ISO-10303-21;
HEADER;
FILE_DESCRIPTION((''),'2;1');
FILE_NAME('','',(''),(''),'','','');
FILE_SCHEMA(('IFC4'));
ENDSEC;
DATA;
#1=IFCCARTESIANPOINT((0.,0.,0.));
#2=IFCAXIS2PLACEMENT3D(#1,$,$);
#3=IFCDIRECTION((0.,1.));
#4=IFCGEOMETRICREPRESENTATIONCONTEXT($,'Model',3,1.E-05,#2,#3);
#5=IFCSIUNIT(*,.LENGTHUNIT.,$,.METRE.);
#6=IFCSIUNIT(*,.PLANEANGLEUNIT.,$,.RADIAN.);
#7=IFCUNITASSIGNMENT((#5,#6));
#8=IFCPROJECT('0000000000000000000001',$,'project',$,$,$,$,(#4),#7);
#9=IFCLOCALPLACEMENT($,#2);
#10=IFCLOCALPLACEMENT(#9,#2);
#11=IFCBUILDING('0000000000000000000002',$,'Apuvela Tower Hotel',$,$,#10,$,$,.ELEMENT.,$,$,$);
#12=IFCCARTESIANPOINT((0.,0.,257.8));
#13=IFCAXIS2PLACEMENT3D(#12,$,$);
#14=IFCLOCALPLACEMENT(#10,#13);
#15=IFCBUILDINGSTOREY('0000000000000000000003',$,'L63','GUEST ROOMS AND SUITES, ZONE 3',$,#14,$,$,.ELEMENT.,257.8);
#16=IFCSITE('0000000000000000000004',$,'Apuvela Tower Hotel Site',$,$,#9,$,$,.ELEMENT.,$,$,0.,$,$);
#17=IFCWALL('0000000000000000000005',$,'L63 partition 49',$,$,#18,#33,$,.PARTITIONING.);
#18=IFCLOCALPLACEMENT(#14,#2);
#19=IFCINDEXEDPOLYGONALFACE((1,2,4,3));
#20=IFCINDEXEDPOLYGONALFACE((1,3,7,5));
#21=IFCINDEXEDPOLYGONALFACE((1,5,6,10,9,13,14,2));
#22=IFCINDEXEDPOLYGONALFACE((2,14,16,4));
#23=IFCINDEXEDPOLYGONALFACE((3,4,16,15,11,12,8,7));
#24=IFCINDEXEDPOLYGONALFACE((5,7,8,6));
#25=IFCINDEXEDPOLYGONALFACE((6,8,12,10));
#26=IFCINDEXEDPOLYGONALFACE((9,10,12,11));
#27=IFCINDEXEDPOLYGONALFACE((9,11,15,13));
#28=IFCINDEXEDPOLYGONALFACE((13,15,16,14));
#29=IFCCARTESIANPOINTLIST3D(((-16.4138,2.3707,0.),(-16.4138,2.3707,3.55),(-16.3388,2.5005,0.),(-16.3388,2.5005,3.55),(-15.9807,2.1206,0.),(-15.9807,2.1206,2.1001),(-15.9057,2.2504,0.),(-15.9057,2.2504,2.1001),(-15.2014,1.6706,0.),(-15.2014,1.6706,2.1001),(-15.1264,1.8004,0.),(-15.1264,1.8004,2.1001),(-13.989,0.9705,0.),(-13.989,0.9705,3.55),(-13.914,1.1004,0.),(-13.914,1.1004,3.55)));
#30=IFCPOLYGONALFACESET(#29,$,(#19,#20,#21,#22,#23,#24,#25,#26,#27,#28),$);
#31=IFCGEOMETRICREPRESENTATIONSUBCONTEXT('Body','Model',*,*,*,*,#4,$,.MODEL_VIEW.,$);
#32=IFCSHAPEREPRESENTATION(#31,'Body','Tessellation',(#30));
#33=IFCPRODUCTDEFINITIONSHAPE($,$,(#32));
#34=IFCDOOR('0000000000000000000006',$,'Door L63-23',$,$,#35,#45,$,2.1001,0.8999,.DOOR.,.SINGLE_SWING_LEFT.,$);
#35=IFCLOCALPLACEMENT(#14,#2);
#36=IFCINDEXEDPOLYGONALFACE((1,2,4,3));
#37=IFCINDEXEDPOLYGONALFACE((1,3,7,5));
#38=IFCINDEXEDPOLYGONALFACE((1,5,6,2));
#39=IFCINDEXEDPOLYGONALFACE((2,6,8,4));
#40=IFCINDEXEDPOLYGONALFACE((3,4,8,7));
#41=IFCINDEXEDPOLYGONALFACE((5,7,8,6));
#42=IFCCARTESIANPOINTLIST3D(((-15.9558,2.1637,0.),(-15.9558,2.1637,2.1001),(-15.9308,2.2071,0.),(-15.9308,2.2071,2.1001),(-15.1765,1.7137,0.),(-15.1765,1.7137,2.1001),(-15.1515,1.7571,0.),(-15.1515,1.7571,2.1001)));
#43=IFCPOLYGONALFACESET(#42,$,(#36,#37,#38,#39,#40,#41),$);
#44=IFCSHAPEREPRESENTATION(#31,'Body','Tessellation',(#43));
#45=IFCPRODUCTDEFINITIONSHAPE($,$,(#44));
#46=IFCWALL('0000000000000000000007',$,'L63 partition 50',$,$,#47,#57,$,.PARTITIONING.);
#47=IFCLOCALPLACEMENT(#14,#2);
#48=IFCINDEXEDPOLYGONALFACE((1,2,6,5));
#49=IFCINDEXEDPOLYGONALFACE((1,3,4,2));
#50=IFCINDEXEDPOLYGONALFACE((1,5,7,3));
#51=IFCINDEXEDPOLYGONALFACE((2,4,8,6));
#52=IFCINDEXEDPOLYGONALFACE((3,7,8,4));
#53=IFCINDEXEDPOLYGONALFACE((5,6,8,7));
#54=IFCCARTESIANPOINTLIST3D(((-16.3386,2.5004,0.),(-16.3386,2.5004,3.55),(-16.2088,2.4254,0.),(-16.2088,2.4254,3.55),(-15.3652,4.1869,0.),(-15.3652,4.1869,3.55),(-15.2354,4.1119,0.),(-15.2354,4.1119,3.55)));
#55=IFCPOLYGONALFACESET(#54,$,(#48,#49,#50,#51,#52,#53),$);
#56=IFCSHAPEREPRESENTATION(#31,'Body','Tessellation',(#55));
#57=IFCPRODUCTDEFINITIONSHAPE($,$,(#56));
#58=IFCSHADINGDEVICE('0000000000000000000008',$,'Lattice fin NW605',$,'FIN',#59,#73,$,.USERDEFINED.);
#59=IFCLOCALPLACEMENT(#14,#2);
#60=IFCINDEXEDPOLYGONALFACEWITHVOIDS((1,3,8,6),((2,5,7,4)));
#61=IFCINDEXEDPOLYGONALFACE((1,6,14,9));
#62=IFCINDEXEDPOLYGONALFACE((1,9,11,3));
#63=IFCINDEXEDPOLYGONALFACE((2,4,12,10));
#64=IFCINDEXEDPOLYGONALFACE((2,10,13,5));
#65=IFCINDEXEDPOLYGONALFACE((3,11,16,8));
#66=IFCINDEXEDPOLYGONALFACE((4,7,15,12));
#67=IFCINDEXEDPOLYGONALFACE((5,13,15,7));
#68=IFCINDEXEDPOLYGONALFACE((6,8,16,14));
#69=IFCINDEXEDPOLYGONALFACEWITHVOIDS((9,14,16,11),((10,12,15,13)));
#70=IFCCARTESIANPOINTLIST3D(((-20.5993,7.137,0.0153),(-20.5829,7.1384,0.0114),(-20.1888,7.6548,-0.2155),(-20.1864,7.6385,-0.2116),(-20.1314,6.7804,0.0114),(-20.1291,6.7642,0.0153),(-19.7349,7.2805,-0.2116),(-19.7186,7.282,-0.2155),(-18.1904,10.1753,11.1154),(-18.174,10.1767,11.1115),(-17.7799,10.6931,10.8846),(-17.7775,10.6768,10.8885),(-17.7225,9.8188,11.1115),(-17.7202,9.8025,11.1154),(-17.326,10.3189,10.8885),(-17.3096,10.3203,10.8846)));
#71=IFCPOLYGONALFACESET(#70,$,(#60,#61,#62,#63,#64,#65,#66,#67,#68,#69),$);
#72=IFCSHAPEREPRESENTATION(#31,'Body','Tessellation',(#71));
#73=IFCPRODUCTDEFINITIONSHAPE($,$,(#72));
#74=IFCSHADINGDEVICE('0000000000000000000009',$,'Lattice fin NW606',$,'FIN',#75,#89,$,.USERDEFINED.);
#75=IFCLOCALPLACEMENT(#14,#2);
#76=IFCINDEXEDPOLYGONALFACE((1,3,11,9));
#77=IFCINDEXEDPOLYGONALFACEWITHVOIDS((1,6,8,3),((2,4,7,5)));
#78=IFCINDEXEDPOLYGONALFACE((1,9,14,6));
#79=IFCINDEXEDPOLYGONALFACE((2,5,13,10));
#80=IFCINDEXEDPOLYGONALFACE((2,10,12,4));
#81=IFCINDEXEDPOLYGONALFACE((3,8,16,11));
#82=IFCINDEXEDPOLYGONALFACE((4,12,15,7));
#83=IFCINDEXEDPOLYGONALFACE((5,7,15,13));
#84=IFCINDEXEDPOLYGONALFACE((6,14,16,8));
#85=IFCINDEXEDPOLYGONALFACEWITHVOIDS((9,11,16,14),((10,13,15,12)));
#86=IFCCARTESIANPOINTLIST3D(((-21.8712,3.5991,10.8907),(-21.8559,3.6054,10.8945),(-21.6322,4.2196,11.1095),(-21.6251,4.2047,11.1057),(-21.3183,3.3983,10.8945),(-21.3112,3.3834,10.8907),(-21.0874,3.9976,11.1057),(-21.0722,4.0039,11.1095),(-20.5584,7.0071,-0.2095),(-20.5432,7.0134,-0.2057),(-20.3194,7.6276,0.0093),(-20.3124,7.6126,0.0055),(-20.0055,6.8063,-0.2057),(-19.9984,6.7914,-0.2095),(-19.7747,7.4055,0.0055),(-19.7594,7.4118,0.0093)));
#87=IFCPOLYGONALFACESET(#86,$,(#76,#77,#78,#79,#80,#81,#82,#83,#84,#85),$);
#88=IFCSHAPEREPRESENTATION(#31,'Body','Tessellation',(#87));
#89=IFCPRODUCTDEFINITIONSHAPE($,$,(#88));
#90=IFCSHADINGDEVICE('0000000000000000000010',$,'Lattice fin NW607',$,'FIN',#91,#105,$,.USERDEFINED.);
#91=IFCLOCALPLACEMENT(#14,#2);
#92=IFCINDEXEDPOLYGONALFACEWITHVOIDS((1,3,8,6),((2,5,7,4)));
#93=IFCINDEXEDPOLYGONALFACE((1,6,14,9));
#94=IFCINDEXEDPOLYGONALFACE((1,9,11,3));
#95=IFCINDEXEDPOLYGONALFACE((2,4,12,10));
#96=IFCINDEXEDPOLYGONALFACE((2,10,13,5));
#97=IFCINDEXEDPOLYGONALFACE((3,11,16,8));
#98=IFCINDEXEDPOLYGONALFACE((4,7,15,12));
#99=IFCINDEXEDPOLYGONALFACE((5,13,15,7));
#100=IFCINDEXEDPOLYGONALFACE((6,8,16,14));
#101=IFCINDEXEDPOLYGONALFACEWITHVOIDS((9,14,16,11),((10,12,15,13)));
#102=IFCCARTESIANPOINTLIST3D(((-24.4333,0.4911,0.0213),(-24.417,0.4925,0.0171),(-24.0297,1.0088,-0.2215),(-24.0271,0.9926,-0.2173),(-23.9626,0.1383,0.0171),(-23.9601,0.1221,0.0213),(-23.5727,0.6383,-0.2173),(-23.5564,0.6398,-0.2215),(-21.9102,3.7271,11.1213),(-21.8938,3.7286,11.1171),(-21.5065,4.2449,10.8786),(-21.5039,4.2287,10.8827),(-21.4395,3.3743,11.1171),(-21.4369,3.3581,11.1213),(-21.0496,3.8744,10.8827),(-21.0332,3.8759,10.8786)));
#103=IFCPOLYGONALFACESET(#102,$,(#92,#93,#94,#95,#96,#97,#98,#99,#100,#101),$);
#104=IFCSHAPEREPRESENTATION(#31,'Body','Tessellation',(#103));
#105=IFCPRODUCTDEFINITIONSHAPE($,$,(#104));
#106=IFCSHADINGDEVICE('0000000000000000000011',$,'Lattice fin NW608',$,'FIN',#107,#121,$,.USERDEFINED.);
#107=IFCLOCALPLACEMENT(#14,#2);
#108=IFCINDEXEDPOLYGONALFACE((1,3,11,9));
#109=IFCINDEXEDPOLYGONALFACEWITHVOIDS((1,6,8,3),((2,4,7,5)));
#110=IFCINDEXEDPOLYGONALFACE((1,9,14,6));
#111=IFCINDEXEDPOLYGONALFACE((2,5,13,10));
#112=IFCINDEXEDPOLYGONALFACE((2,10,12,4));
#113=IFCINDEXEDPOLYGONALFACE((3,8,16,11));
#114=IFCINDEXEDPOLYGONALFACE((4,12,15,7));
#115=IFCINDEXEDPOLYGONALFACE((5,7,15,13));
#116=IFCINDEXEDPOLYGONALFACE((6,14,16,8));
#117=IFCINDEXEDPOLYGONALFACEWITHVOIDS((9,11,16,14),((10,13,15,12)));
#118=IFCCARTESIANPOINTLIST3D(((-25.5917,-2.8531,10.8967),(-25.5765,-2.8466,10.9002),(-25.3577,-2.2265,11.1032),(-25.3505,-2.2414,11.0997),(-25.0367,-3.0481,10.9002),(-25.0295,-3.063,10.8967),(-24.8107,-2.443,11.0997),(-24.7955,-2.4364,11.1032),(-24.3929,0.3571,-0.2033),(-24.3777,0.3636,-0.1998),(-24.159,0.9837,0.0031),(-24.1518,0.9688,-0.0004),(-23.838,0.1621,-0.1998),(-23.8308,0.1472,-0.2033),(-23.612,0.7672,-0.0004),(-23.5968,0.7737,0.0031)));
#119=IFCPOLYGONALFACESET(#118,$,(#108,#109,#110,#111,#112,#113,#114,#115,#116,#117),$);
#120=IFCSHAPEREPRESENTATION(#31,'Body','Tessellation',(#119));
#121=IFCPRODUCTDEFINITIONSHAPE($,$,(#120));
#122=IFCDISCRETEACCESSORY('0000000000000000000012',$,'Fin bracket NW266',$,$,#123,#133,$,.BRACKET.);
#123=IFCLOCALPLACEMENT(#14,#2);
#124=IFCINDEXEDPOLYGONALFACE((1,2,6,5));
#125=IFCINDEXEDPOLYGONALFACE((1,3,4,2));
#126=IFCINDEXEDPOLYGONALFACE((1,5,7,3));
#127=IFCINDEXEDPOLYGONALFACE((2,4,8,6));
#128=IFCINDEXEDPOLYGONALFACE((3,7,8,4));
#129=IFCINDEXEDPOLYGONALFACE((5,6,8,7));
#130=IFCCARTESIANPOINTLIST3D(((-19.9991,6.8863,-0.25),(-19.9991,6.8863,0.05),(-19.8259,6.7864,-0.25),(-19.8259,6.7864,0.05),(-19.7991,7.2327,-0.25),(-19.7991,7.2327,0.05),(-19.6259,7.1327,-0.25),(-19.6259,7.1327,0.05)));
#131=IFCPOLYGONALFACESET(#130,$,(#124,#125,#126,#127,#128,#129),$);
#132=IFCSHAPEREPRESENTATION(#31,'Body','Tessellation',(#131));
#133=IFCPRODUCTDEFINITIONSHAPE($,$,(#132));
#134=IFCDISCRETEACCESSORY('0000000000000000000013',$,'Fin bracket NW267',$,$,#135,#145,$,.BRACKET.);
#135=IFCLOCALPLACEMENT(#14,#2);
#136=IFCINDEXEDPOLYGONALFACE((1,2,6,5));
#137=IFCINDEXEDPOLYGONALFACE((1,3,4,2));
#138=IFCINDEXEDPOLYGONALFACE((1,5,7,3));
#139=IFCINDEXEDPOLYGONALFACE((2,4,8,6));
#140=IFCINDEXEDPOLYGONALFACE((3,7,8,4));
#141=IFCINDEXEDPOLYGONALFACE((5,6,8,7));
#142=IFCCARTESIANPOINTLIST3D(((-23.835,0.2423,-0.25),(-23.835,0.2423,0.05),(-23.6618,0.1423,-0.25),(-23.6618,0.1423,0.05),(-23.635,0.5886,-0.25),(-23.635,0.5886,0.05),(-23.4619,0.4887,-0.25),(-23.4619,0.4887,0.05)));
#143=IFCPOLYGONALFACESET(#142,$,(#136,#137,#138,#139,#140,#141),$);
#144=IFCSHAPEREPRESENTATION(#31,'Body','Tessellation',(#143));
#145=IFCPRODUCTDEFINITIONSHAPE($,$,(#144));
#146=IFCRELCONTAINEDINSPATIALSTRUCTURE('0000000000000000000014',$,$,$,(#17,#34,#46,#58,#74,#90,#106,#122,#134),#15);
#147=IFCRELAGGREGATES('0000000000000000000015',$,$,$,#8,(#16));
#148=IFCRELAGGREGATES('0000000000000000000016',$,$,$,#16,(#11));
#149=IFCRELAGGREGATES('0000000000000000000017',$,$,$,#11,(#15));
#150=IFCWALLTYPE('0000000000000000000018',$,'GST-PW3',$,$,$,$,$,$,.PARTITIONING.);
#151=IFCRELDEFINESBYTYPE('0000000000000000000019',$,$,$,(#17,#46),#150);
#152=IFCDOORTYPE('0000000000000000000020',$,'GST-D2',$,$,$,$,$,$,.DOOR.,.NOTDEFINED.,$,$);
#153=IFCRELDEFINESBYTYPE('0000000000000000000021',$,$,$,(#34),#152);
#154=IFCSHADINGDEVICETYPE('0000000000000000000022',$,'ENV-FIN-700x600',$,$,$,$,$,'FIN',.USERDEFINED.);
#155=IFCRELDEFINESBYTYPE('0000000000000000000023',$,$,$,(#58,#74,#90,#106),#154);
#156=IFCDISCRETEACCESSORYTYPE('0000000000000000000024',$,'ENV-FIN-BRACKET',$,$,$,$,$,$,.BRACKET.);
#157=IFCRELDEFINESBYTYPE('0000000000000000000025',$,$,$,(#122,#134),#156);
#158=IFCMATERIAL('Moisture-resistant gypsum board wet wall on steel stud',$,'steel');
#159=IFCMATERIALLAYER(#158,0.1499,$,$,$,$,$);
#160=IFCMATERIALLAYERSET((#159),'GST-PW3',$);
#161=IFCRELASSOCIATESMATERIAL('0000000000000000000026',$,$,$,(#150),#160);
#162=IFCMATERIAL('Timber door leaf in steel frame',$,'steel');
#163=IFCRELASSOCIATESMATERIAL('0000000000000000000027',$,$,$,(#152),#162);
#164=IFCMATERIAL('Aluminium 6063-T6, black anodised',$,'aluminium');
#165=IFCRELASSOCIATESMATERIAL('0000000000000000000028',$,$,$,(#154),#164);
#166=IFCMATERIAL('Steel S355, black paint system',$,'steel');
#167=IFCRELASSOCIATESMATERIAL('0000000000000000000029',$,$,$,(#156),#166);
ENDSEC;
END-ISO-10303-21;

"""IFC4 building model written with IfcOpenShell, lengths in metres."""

from ifc_helpers import new_model, si_unit, direction, frame, frame_2d, origin, origin_2d, place, context, subcontext, project, spatial, rectangle, hollow_rectangle, extrude, material, layer, layer_set, material_profile, profile_set, type_object, element, fill, save


model = new_model("IFC4")

# Units and contexts
model_context = context("Model", 3, precision=1e-05, world=origin(), true_north=direction((0.0, 1.0)))
body_context = subcontext(model_context, "Body", "Model", "MODEL_VIEW")
ifc_project = project(units=[si_unit("LENGTHUNIT", "METRE"), si_unit("PLANEANGLEUNIT", "RADIAN")], contexts=[model_context])

# Site, building, storey
site_placement = place(None, origin())
site = spatial("IfcSite", under=ifc_project, at=site_placement, Name="Apuvela Tower Hotel Site", CompositionType="ELEMENT", RefElevation=0.0)
building_placement = place(site_placement, origin())
building = spatial("IfcBuilding", under=site, at=building_placement, Name="Apuvela Tower Hotel", CompositionType="ELEMENT")
storey_placement = place(building_placement, frame((0.0, 0.0, 257.8)))
storey = spatial("IfcBuildingStorey", under=building, at=storey_placement, Name="L63", Description="GUEST ROOMS AND SUITES, ZONE 3", CompositionType="ELEMENT", Elevation=257.8)

# Wall, opening, door
ifc_material_1 = material(Name="Moisture-resistant gypsum board wet wall on steel stud", Category="steel")
ifc_layer_1 = layer(ifc_material_1, 0.1499)
ifc_layer_set_1 = layer_set([ifc_layer_1], Name="GST-PW3")
wall_type_1 = type_object("IfcWallType", Name="GST-PW3", PredefinedType="PARTITIONING", material=ifc_layer_set_1)
wall_1_placement = place(storey_placement, frame((-16.3762, 2.4355, 0.0), z_axis=(0.0, 0.0, 1.0), x_axis=(0.865997, -0.50005, 0.0)))
wall_1 = element("IfcWall", 1, at=wall_1_placement, inside=storey, type_object=wall_type_1, Name="L63 partition 49", PredefinedType="PARTITIONING", context=body_context, shape_type="SweptSolid", body=[
    extrude(rectangle(XDim=2.8, YDim=0.1499, at=frame_2d((1.3999, 0.0))), origin(), (0.0, 0.0, 1.0), 3.55),
])
opening_1_placement = place(wall_1_placement, frame((0.5, 0.0, 0.0)))
opening_1 = element("IfcOpeningElement", 2, at=opening_1_placement, cuts=wall_1, PredefinedType="OPENING", context=body_context, shape_type="SweptSolid", body=[
    extrude(rectangle(XDim=0.8999, YDim=2.1001, at=frame_2d((0.45, 1.05))), frame((0.0, 0.085, 0.0), z_axis=(0.0, -1.0, 0.0), x_axis=(1.0, 0.0, 0.0)), (0.0, 0.0, 1.0), 0.1699),
])
ifc_material_2 = material(Name="Timber door leaf in steel frame", Category="steel")
door_type_1 = type_object("IfcDoorType", Name="GST-D2", OperationType="NOTDEFINED", PredefinedType="DOOR", material=ifc_material_2)
door_1_placement = place(opening_1_placement, origin())
door_1 = element("IfcDoor", 3, at=door_1_placement, inside=storey, type_object=door_type_1, Name="Door L63-23", OperationType="SINGLE_SWING_LEFT", OverallHeight=2.1001, OverallWidth=0.8999, PredefinedType="DOOR", context=body_context, shape_type="SweptSolid", body=[
    extrude(rectangle(XDim=0.8999, YDim=2.1001, at=frame_2d((0.45, 1.05))), frame((0.0, 0.0249, 0.0), z_axis=(0.0, -1.0, 0.0), x_axis=(1.0, 0.0, 0.0)), (0.0, 0.0, 1.0), 0.05),
])
fill(opening_1, door_1)

# Wall
wall_2_placement = place(storey_placement, frame((-15.3003, 4.1494, 0.0), z_axis=(0.0, 0.0, 1.0), x_axis=(-0.499874, -0.866098, 0.0)))
element("IfcWall", 4, at=wall_2_placement, inside=storey, type_object=wall_type_1, Name="L63 partition 50", PredefinedType="PARTITIONING", context=body_context, shape_type="SweptSolid", body=[
    extrude(rectangle(XDim=1.9473, YDim=0.1499, at=frame_2d((0.9736, 0.0))), origin(), (0.0, 0.0, 1.0), 3.55),
])

# Shading devices
ifc_material_3 = material(Name="Aluminium 6063-T6, black anodised", Category="aluminium")
ifc_material_profile_1 = material_profile(ifc_material_3, hollow_rectangle(XDim=0.6001, YDim=0.7, WallThickness=0.012, at=origin_2d()), Name="AL BOX 700x600x12")
ifc_profile_set_1 = profile_set([ifc_material_profile_1], Name="Aluminium 6063-T6, black anodised")
shading_device_type = type_object("IfcShadingDeviceType", Name="ENV-FIN-700x600", ElementType="FIN", PredefinedType="USERDEFINED", material=ifc_profile_set_1)
shading_device_1_placement = place(storey_placement, frame((-20.1589, 7.2095, -0.1001), z_axis=(0.204879, 0.258409, 0.94406), x_axis=(-0.783595, 0.621272, 0.0)))
element("IfcShadingDevice", 5, at=shading_device_1_placement, inside=storey, type_object=shading_device_type, Name="Lattice fin NW605", ObjectType="FIN", PredefinedType="USERDEFINED", context=body_context, shape_type="SweptSolid", body=[
    extrude(hollow_rectangle(XDim=0.6001, YDim=0.7, WallThickness=0.012, at=origin_2d()), origin(), (0.0, 0.0, 1.0), 11.7578),
])
shading_device_2_placement = place(storey_placement, frame((-20.1589, 7.2095, -0.1001), z_axis=(-0.11234, -0.291641, 0.949908), x_axis=(0.933163, -0.359454, 0.0)))
element("IfcShadingDevice", 6, at=shading_device_2_placement, inside=storey, type_object=shading_device_type, Name="Lattice fin NW606", ObjectType="FIN", PredefinedType="USERDEFINED", context=body_context, shape_type="SweptSolid", body=[
    extrude(hollow_rectangle(XDim=0.6001, YDim=0.7, WallThickness=0.012, at=origin_2d()), origin(), (0.0, 0.0, 1.0), 11.6855),
])
shading_device_3_placement = place(storey_placement, frame((-23.9949, 0.5654, -0.1001), z_axis=(0.21321, 0.273449, 0.937959), x_axis=(-0.788615, 0.614888, 0.0)))
element("IfcShadingDevice", 7, at=shading_device_3_placement, inside=storey, type_object=shading_device_type, Name="Lattice fin NW607", ObjectType="FIN", PredefinedType="USERDEFINED", context=body_context, shape_type="SweptSolid", body=[
    extrude(hollow_rectangle(XDim=0.6001, YDim=0.7, WallThickness=0.012, at=origin_2d()), origin(), (0.0, 0.0, 1.0), 11.8342),
])
shading_device_4_placement = place(storey_placement, frame((-23.9949, 0.5654, -0.1001), z_axis=(-0.103188, -0.276337, 0.955505), x_axis=(0.936817, -0.349819, 0.0)))
element("IfcShadingDevice", 8, at=shading_device_4_placement, inside=storey, type_object=shading_device_type, Name="Lattice fin NW608", ObjectType="FIN", PredefinedType="USERDEFINED", context=body_context, shape_type="SweptSolid", body=[
    extrude(hollow_rectangle(XDim=0.6001, YDim=0.7, WallThickness=0.012, at=origin_2d()), origin(), (0.0, 0.0, 1.0), 11.6169),
])

# Discrete accessories
ifc_material_4 = material(Name="Steel S355, black paint system", Category="steel")
discrete_accessory_type = type_object("IfcDiscreteAccessoryType", Name="ENV-FIN-BRACKET", PredefinedType="BRACKET", material=ifc_material_4)
for number, where, z_axis, x_axis, name in (
    (9, (-19.8125, 7.0095, -0.25), (0.0, 0.0, 1.0), (-0.5, -0.866025, 0.0), "Fin bracket NW266"),
    (10, (-23.6484, 0.3655, -0.25), (0.0, 0.0, 1.0), (-0.5, -0.866025, 0.0), "Fin bracket NW267"),
):
    element("IfcDiscreteAccessory", number, at=place(storey_placement, frame(where, z_axis=z_axis, x_axis=x_axis)), inside=storey, type_object=discrete_accessory_type, Name=name, PredefinedType="BRACKET", context=body_context, shape_type="SweptSolid", body=[
        extrude(rectangle(XDim=0.3999, YDim=0.2, at=origin_2d()), origin(), (0.0, 0.0, 1.0), 0.3),
    ])

save(model, "model.ifc")
